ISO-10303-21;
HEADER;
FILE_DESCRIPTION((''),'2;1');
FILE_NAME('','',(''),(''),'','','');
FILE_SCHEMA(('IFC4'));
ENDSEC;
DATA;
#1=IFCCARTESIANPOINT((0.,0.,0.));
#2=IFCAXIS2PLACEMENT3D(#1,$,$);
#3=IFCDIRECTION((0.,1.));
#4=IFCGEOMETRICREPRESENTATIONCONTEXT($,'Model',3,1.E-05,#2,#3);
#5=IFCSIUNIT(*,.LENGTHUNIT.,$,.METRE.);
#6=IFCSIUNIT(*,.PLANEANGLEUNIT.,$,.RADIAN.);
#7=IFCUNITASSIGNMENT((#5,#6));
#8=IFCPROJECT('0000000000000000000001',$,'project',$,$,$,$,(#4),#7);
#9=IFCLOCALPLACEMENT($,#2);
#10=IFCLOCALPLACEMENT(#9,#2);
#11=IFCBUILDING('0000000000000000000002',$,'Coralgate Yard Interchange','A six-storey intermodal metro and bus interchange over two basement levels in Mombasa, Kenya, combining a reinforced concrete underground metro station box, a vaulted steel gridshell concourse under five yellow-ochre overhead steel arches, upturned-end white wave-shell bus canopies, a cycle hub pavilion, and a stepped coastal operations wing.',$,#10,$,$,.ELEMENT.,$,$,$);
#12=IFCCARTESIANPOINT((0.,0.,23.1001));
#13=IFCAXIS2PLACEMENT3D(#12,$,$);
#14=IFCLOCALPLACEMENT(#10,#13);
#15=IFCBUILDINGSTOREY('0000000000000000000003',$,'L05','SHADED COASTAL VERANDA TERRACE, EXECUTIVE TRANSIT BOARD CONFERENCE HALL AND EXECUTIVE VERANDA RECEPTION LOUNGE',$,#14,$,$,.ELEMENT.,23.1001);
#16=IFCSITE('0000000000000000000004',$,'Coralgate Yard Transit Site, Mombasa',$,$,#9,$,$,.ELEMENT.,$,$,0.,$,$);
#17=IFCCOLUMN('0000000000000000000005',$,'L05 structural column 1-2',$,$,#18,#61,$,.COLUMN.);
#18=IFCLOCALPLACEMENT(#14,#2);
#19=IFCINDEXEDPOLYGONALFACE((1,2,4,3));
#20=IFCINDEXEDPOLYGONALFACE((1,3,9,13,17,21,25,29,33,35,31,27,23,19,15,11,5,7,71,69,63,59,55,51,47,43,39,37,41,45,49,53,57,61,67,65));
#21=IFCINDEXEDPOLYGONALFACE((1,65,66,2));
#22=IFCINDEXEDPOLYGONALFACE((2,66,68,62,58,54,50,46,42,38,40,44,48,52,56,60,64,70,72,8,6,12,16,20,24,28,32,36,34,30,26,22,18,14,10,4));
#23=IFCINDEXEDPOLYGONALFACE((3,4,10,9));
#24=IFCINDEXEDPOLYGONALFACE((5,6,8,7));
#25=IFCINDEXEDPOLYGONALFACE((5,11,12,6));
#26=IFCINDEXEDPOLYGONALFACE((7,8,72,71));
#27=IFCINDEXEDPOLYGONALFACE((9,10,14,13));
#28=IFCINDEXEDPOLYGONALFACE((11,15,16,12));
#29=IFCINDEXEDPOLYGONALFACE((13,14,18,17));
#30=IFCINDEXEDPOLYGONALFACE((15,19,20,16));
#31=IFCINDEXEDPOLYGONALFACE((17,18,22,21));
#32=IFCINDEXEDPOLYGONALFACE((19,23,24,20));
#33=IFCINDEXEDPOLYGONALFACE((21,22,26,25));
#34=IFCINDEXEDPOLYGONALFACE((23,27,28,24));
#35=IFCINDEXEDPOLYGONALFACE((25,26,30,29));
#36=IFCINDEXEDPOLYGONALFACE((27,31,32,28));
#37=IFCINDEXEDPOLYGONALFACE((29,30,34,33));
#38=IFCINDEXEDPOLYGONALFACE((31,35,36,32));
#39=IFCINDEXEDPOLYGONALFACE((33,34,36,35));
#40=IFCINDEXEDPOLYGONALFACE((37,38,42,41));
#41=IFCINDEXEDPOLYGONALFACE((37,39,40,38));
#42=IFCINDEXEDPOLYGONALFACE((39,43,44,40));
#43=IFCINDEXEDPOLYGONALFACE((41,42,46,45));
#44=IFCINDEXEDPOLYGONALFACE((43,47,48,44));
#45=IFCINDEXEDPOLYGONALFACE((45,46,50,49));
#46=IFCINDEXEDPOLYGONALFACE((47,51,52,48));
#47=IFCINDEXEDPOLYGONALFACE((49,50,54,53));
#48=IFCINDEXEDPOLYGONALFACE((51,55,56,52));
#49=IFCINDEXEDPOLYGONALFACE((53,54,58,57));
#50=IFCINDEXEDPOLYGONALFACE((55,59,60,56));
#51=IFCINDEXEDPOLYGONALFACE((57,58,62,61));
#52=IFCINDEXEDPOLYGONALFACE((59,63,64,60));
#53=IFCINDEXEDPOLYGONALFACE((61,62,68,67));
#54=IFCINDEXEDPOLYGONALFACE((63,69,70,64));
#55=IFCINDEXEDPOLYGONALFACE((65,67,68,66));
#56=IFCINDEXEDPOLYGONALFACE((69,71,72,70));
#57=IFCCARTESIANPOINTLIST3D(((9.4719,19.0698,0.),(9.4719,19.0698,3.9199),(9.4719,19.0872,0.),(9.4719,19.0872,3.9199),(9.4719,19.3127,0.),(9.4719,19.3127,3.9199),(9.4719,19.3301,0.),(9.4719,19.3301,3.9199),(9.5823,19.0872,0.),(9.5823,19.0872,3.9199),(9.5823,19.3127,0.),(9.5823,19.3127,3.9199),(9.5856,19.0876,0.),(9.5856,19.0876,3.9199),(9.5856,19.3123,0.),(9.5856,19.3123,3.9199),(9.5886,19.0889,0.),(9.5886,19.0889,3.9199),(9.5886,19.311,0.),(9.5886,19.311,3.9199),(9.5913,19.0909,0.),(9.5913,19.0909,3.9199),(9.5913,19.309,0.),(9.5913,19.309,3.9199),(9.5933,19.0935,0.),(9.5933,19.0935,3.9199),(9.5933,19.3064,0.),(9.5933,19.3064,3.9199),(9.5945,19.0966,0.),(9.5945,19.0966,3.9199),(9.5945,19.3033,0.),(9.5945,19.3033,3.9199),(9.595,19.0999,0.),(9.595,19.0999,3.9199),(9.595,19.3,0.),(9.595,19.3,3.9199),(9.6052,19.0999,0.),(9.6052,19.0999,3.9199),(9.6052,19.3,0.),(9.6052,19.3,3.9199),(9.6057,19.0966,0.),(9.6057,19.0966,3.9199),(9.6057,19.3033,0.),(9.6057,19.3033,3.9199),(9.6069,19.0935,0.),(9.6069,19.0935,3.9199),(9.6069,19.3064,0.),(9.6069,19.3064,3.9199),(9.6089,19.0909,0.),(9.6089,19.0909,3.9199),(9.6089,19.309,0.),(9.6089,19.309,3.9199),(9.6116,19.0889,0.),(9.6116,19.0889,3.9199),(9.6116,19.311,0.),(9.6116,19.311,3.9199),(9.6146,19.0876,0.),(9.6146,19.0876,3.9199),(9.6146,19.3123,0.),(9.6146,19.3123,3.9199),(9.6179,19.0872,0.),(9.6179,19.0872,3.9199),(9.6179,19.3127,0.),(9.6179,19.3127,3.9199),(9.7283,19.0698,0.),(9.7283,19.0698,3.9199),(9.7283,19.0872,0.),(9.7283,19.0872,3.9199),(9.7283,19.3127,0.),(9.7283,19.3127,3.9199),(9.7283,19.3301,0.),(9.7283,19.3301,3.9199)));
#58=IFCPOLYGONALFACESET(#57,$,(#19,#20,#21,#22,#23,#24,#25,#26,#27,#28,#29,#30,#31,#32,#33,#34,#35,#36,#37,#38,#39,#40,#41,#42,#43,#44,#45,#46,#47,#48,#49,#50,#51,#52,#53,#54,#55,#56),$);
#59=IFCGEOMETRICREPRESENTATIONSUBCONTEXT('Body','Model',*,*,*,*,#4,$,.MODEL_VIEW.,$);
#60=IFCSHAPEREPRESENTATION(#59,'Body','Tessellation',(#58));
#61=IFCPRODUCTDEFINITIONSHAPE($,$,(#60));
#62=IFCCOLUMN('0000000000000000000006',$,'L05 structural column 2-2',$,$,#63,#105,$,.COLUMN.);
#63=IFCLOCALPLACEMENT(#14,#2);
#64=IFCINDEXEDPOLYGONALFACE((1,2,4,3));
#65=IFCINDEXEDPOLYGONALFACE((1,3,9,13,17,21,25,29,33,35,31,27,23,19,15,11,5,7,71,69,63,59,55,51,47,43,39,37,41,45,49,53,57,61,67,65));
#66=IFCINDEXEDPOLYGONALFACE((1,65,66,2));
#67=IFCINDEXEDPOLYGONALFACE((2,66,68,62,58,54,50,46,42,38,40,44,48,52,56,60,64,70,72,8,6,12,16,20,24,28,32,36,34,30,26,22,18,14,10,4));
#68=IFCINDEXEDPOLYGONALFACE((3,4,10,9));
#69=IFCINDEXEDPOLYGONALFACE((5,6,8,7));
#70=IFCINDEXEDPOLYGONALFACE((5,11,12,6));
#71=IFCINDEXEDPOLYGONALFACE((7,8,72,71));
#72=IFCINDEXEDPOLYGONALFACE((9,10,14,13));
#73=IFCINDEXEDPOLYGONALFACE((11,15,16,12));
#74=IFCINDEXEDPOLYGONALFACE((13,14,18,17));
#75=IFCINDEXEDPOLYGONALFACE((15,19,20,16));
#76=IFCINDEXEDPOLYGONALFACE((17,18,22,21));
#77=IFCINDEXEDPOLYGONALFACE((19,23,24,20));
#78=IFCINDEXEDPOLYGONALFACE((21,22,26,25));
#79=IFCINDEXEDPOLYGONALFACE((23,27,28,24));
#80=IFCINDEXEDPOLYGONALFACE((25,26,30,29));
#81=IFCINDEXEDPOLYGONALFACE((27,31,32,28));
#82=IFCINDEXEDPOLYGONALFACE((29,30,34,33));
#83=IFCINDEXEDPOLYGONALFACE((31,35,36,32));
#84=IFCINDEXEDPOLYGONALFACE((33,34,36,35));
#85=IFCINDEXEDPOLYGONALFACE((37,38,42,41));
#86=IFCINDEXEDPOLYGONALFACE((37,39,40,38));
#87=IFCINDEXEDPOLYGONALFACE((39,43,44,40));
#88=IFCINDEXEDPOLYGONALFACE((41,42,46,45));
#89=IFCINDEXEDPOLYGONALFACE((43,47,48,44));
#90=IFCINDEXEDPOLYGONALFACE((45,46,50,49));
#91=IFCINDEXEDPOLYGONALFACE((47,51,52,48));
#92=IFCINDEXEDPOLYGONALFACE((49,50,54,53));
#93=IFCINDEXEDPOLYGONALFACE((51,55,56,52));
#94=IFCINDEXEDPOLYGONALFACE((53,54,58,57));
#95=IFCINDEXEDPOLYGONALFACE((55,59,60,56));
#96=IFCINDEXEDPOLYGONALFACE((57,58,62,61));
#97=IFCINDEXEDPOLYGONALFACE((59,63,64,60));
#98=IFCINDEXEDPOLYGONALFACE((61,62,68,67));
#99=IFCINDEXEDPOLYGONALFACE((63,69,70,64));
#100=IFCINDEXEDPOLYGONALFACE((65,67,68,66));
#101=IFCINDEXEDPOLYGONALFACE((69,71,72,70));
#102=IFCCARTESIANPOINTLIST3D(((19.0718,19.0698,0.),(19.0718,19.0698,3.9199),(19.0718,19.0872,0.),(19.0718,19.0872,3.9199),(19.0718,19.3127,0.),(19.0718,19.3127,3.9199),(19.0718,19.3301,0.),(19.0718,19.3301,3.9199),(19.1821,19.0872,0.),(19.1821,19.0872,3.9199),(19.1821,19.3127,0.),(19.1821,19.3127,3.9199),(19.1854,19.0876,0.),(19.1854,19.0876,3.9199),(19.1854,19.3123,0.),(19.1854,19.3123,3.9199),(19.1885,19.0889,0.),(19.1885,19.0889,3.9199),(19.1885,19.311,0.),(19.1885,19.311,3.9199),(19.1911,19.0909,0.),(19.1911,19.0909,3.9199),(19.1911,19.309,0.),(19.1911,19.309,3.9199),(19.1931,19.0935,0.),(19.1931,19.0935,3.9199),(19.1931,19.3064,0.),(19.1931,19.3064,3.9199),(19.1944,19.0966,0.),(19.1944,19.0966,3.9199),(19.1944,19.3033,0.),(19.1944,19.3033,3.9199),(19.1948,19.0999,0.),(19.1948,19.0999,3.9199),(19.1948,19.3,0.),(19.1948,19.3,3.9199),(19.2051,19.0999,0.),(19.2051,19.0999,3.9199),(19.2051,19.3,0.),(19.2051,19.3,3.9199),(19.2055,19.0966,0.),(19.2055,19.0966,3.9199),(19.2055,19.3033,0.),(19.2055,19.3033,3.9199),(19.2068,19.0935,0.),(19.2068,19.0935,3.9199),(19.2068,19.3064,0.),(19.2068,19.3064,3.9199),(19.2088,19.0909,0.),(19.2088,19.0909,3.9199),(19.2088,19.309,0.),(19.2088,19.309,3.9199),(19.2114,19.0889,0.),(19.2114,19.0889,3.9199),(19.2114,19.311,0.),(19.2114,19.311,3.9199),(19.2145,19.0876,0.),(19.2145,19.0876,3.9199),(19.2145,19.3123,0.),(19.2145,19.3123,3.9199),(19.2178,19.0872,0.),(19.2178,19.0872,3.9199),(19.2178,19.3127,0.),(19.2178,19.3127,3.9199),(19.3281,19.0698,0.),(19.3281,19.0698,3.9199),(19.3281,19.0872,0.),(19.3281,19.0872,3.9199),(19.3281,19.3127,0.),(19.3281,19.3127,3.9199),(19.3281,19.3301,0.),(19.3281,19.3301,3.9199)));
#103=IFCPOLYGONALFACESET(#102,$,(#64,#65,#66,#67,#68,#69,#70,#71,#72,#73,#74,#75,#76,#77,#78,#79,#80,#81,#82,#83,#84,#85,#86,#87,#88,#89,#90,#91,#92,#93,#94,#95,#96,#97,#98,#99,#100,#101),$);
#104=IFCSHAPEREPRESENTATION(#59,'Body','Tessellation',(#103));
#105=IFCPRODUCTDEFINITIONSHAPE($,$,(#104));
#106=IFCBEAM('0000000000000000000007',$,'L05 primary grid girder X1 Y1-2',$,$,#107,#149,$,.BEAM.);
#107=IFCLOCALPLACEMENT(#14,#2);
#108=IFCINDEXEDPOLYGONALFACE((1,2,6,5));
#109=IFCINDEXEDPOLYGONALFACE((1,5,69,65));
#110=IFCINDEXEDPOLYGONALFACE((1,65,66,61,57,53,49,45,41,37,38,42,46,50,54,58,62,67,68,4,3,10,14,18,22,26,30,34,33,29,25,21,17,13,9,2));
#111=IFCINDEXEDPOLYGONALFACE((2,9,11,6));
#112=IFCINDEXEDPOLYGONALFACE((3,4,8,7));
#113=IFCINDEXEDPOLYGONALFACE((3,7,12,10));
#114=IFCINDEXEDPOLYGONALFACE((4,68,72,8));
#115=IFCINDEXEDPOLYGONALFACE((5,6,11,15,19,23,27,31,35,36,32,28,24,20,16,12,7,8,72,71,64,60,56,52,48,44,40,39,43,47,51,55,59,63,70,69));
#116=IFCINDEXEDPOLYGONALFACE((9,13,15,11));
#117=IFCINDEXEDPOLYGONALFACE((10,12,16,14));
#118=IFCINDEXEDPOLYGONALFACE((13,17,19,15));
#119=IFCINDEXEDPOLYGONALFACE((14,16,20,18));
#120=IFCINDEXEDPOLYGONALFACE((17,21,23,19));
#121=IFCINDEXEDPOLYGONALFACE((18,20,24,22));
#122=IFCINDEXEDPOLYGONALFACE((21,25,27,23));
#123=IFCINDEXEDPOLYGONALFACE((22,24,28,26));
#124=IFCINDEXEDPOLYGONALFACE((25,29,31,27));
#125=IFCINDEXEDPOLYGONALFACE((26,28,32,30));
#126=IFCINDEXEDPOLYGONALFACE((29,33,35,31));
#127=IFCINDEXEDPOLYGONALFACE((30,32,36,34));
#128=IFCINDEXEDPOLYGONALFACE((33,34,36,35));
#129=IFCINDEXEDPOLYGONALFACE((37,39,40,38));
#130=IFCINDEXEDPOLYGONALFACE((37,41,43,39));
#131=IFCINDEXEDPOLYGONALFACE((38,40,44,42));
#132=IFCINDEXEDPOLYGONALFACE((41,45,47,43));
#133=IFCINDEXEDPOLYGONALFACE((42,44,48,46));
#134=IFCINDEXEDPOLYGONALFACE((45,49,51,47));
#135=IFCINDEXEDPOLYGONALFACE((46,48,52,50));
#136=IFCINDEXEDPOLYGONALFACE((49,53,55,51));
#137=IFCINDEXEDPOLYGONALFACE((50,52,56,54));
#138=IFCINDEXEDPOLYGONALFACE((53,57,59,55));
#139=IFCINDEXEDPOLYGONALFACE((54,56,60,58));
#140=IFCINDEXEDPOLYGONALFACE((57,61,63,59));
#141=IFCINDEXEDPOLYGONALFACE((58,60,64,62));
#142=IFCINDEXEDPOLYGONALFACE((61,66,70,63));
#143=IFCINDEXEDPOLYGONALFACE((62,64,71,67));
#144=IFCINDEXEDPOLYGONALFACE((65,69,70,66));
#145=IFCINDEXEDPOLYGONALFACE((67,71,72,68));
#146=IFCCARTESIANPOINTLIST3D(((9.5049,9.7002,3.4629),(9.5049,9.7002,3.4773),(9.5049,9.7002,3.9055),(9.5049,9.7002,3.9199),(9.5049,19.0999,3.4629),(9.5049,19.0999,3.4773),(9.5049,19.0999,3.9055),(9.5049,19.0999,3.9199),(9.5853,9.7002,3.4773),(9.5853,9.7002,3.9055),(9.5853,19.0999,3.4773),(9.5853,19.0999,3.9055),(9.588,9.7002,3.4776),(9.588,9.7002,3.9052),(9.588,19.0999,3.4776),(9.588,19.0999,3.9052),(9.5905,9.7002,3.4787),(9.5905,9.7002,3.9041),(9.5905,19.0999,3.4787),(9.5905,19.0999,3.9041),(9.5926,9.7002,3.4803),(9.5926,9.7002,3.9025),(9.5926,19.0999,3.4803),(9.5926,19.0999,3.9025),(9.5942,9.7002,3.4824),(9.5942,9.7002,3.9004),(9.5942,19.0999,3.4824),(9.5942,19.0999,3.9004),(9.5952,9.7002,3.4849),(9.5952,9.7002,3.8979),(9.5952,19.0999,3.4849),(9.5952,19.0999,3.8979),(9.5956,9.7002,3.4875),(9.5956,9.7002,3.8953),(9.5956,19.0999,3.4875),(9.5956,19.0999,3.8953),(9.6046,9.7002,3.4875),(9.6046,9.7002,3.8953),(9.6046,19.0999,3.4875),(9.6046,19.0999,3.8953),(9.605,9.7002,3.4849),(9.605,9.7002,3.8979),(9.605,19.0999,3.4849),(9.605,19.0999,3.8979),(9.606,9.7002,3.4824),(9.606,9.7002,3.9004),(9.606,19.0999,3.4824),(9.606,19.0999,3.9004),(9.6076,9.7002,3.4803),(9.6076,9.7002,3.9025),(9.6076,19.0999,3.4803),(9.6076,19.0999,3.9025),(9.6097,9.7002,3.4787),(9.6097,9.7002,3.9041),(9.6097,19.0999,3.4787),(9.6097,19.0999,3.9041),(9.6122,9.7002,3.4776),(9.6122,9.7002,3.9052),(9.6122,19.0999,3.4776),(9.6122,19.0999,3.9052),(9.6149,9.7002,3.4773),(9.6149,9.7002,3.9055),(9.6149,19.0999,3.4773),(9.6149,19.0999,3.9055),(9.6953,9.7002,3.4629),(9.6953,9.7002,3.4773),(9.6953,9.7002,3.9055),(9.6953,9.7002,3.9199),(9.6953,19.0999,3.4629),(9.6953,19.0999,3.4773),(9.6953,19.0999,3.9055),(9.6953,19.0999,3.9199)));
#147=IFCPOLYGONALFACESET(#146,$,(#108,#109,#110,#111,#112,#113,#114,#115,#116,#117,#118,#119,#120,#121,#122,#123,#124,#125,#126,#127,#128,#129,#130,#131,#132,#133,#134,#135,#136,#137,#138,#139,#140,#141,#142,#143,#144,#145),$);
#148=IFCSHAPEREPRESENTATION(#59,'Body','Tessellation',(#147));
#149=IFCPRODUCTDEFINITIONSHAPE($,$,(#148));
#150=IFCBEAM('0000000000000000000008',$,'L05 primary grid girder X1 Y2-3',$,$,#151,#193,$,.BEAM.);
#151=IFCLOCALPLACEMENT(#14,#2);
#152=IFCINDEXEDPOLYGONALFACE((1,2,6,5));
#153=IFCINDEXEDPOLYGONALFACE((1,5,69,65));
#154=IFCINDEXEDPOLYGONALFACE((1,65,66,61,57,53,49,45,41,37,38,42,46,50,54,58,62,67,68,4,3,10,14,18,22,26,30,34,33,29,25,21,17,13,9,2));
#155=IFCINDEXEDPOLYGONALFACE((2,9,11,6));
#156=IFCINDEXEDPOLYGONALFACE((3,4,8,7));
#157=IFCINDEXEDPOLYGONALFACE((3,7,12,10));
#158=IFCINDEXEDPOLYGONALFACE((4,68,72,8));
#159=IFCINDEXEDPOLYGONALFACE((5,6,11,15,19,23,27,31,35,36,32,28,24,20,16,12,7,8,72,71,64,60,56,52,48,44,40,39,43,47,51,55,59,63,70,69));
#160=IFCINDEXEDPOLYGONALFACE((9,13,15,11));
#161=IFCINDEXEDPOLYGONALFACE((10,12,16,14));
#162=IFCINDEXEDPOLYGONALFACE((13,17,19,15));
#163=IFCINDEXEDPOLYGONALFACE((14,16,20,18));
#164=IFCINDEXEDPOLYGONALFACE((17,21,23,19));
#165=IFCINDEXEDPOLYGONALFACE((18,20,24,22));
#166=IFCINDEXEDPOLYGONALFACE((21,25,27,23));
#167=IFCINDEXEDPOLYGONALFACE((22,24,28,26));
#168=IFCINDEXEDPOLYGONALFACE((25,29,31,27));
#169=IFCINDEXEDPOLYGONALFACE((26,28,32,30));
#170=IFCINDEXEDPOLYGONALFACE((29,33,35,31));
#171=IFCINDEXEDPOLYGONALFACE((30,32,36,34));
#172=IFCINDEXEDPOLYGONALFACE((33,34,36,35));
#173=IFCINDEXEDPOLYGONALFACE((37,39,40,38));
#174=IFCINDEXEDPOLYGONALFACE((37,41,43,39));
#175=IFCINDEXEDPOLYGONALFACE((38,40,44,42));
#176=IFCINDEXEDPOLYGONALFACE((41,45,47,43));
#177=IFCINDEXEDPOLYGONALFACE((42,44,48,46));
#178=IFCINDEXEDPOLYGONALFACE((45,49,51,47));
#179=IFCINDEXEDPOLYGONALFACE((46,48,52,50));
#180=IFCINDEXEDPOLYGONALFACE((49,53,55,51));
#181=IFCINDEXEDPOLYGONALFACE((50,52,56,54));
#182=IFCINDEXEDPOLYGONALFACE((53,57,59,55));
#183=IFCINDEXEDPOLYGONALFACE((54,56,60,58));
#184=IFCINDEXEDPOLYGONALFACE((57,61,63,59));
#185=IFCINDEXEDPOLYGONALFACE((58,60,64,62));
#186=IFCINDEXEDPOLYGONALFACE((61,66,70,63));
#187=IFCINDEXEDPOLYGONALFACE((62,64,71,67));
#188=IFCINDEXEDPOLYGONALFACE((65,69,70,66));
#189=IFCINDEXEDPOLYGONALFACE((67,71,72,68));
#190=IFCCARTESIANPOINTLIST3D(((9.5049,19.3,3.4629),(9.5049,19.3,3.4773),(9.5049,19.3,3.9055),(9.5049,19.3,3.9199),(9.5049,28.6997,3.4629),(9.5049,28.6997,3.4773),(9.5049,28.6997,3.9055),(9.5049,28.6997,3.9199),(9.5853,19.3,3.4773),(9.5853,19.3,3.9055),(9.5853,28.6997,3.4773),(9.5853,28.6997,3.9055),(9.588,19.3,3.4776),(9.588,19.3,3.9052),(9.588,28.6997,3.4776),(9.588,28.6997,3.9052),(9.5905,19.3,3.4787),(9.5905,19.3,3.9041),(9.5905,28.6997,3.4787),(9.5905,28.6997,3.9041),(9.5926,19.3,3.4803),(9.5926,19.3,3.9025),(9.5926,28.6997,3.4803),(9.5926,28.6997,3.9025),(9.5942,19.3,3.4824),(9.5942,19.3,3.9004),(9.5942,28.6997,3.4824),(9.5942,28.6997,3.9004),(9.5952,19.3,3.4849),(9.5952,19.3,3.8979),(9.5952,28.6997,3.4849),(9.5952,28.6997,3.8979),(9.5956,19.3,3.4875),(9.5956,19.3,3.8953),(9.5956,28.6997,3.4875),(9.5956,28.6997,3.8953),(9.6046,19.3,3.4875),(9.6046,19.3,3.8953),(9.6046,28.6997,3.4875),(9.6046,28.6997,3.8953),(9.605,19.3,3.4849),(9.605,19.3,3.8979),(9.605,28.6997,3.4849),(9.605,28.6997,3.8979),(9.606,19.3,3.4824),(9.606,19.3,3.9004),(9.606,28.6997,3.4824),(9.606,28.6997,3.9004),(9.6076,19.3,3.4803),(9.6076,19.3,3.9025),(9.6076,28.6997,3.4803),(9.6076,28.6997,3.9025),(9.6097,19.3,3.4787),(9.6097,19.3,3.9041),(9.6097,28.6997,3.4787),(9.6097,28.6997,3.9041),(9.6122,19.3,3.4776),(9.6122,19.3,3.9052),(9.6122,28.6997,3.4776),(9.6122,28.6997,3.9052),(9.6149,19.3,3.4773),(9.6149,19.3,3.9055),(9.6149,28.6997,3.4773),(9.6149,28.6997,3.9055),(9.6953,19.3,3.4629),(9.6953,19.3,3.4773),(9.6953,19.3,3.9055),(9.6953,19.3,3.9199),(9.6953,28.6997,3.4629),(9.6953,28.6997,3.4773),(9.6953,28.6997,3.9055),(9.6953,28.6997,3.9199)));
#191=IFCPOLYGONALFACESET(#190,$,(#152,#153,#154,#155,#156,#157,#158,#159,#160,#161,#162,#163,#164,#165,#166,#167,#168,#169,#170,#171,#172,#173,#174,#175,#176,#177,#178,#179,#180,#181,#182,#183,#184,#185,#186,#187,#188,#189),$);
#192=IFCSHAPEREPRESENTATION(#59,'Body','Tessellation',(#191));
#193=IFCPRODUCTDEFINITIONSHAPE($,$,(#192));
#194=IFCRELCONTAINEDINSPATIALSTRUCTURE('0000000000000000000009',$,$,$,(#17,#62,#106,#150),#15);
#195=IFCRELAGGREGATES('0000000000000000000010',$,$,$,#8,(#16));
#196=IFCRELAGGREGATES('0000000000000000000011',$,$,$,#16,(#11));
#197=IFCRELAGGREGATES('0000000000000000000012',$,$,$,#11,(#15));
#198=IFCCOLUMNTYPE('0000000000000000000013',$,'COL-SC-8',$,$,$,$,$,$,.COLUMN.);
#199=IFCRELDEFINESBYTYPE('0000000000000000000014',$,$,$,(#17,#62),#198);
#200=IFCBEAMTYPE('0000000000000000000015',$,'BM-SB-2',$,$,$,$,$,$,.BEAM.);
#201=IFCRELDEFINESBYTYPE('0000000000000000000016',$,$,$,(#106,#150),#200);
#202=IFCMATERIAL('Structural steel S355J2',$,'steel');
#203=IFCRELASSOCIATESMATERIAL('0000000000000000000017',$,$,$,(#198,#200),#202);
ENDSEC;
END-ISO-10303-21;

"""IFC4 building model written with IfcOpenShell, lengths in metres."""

from ifc_helpers import new_model, si_unit, direction, frame, origin, origin_2d, place, context, subcontext, project, spatial, i_section, extrude, material, material_profile, profile_set, type_object, element, save


model = new_model("IFC4")

# Units and contexts
model_context = context("Model", 3, precision=1e-05, world=origin(), true_north=direction((0.0, 1.0)))
body_context = subcontext(model_context, "Body", "Model", "MODEL_VIEW")
ifc_project = project(units=[si_unit("LENGTHUNIT", "METRE"), si_unit("PLANEANGLEUNIT", "RADIAN")], contexts=[model_context])

# Site, building, storey
site_placement = place(None, origin())
site = spatial("IfcSite", under=ifc_project, at=site_placement, Name="Coralgate Yard Transit Site, Mombasa", CompositionType="ELEMENT", RefElevation=0.0)
building_placement = place(site_placement, origin())
building = spatial("IfcBuilding", under=site, at=building_placement, Name="Coralgate Yard Interchange", Description="A six-storey intermodal metro and bus interchange over two basement levels in Mombasa, Kenya, combining a reinforced concrete underground metro station box, a vaulted steel gridshell concourse under five yellow-ochre overhead steel arches, upturned-end white wave-shell bus canopies, a cycle hub pavilion, and a stepped coastal operations wing.", CompositionType="ELEMENT")
storey_placement = place(building_placement, frame((0.0, 0.0, 23.1001)))
storey = spatial("IfcBuildingStorey", under=building, at=storey_placement, Name="L05", Description="SHADED COASTAL VERANDA TERRACE, EXECUTIVE TRANSIT BOARD CONFERENCE HALL AND EXECUTIVE VERANDA RECEPTION LOUNGE", CompositionType="ELEMENT", Elevation=23.1001)

# Columns
ifc_material_1 = material(Name="Structural steel S355J2", Category="steel")
ifc_material_profile_1 = material_profile(ifc_material_1, i_section(OverallWidth=0.2563, OverallDepth=0.2603, WebThickness=0.0103, FlangeThickness=0.0173, FilletRadius=0.0127, at=origin_2d()), Name="UC 254x254x89")
ifc_profile_set_1 = profile_set([ifc_material_profile_1], Name="Structural steel S355J2")
column_type = type_object("IfcColumnType", Name="COL-SC-8", PredefinedType="COLUMN", material=ifc_profile_set_1)
for number, where, z_axis, x_axis, name in (
    (1, (9.6001, 19.2, 0.0), (0.0, 0.0, 1.0), (1.0, 0.0, 0.0), "L05 structural column 1-2"),
    (2, (19.2, 19.2, 0.0), (0.0, 0.0, 1.0), (1.0, 0.0, 0.0), "L05 structural column 2-2"),
):
    element("IfcColumn", number, at=place(storey_placement, frame(where, z_axis=z_axis, x_axis=x_axis)), inside=storey, type_object=column_type, Name=name, PredefinedType="COLUMN", context=body_context, shape_type="SweptSolid", body=[
        extrude(i_section(OverallWidth=0.2563, OverallDepth=0.2603, WebThickness=0.0103, FlangeThickness=0.0173, FilletRadius=0.0127, at=origin_2d()), origin(), (0.0, 0.0, 1.0), 3.9199),
    ])

# Beams
ifc_material_profile_2 = material_profile(ifc_material_1, i_section(OverallWidth=0.1904, OverallDepth=0.457, WebThickness=0.009, FlangeThickness=0.0144, FilletRadius=0.0103, at=origin_2d()), Name="UB 457x191x74")
ifc_profile_set_2 = profile_set([ifc_material_profile_2], Name="Structural steel S355J2")
beam_type_1 = type_object("IfcBeamType", Name="BM-SB-2", PredefinedType="BEAM", material=ifc_profile_set_2)
for number, where, z_axis, x_axis, name in (
    (3, (9.6001, 9.7002, 3.6914), (0.0, 1.0, 0.0), (-1.0, 0.0, 0.0), "L05 primary grid girder X1 Y1-2"),
    (4, (9.6001, 19.3, 3.6914), (0.0, 1.0, 0.0), (-1.0, 0.0, 0.0), "L05 primary grid girder X1 Y2-3"),
):
    element("IfcBeam", number, at=place(storey_placement, frame(where, z_axis=z_axis, x_axis=x_axis)), inside=storey, type_object=beam_type_1, Name=name, PredefinedType="BEAM", context=body_context, shape_type="SweptSolid", body=[
        extrude(i_section(OverallWidth=0.1904, OverallDepth=0.457, WebThickness=0.009, FlangeThickness=0.0144, FilletRadius=0.0103, at=origin_2d()), origin(), (0.0, 0.0, 1.0), 9.3997),
    ])

save(model, "model.ifc")
